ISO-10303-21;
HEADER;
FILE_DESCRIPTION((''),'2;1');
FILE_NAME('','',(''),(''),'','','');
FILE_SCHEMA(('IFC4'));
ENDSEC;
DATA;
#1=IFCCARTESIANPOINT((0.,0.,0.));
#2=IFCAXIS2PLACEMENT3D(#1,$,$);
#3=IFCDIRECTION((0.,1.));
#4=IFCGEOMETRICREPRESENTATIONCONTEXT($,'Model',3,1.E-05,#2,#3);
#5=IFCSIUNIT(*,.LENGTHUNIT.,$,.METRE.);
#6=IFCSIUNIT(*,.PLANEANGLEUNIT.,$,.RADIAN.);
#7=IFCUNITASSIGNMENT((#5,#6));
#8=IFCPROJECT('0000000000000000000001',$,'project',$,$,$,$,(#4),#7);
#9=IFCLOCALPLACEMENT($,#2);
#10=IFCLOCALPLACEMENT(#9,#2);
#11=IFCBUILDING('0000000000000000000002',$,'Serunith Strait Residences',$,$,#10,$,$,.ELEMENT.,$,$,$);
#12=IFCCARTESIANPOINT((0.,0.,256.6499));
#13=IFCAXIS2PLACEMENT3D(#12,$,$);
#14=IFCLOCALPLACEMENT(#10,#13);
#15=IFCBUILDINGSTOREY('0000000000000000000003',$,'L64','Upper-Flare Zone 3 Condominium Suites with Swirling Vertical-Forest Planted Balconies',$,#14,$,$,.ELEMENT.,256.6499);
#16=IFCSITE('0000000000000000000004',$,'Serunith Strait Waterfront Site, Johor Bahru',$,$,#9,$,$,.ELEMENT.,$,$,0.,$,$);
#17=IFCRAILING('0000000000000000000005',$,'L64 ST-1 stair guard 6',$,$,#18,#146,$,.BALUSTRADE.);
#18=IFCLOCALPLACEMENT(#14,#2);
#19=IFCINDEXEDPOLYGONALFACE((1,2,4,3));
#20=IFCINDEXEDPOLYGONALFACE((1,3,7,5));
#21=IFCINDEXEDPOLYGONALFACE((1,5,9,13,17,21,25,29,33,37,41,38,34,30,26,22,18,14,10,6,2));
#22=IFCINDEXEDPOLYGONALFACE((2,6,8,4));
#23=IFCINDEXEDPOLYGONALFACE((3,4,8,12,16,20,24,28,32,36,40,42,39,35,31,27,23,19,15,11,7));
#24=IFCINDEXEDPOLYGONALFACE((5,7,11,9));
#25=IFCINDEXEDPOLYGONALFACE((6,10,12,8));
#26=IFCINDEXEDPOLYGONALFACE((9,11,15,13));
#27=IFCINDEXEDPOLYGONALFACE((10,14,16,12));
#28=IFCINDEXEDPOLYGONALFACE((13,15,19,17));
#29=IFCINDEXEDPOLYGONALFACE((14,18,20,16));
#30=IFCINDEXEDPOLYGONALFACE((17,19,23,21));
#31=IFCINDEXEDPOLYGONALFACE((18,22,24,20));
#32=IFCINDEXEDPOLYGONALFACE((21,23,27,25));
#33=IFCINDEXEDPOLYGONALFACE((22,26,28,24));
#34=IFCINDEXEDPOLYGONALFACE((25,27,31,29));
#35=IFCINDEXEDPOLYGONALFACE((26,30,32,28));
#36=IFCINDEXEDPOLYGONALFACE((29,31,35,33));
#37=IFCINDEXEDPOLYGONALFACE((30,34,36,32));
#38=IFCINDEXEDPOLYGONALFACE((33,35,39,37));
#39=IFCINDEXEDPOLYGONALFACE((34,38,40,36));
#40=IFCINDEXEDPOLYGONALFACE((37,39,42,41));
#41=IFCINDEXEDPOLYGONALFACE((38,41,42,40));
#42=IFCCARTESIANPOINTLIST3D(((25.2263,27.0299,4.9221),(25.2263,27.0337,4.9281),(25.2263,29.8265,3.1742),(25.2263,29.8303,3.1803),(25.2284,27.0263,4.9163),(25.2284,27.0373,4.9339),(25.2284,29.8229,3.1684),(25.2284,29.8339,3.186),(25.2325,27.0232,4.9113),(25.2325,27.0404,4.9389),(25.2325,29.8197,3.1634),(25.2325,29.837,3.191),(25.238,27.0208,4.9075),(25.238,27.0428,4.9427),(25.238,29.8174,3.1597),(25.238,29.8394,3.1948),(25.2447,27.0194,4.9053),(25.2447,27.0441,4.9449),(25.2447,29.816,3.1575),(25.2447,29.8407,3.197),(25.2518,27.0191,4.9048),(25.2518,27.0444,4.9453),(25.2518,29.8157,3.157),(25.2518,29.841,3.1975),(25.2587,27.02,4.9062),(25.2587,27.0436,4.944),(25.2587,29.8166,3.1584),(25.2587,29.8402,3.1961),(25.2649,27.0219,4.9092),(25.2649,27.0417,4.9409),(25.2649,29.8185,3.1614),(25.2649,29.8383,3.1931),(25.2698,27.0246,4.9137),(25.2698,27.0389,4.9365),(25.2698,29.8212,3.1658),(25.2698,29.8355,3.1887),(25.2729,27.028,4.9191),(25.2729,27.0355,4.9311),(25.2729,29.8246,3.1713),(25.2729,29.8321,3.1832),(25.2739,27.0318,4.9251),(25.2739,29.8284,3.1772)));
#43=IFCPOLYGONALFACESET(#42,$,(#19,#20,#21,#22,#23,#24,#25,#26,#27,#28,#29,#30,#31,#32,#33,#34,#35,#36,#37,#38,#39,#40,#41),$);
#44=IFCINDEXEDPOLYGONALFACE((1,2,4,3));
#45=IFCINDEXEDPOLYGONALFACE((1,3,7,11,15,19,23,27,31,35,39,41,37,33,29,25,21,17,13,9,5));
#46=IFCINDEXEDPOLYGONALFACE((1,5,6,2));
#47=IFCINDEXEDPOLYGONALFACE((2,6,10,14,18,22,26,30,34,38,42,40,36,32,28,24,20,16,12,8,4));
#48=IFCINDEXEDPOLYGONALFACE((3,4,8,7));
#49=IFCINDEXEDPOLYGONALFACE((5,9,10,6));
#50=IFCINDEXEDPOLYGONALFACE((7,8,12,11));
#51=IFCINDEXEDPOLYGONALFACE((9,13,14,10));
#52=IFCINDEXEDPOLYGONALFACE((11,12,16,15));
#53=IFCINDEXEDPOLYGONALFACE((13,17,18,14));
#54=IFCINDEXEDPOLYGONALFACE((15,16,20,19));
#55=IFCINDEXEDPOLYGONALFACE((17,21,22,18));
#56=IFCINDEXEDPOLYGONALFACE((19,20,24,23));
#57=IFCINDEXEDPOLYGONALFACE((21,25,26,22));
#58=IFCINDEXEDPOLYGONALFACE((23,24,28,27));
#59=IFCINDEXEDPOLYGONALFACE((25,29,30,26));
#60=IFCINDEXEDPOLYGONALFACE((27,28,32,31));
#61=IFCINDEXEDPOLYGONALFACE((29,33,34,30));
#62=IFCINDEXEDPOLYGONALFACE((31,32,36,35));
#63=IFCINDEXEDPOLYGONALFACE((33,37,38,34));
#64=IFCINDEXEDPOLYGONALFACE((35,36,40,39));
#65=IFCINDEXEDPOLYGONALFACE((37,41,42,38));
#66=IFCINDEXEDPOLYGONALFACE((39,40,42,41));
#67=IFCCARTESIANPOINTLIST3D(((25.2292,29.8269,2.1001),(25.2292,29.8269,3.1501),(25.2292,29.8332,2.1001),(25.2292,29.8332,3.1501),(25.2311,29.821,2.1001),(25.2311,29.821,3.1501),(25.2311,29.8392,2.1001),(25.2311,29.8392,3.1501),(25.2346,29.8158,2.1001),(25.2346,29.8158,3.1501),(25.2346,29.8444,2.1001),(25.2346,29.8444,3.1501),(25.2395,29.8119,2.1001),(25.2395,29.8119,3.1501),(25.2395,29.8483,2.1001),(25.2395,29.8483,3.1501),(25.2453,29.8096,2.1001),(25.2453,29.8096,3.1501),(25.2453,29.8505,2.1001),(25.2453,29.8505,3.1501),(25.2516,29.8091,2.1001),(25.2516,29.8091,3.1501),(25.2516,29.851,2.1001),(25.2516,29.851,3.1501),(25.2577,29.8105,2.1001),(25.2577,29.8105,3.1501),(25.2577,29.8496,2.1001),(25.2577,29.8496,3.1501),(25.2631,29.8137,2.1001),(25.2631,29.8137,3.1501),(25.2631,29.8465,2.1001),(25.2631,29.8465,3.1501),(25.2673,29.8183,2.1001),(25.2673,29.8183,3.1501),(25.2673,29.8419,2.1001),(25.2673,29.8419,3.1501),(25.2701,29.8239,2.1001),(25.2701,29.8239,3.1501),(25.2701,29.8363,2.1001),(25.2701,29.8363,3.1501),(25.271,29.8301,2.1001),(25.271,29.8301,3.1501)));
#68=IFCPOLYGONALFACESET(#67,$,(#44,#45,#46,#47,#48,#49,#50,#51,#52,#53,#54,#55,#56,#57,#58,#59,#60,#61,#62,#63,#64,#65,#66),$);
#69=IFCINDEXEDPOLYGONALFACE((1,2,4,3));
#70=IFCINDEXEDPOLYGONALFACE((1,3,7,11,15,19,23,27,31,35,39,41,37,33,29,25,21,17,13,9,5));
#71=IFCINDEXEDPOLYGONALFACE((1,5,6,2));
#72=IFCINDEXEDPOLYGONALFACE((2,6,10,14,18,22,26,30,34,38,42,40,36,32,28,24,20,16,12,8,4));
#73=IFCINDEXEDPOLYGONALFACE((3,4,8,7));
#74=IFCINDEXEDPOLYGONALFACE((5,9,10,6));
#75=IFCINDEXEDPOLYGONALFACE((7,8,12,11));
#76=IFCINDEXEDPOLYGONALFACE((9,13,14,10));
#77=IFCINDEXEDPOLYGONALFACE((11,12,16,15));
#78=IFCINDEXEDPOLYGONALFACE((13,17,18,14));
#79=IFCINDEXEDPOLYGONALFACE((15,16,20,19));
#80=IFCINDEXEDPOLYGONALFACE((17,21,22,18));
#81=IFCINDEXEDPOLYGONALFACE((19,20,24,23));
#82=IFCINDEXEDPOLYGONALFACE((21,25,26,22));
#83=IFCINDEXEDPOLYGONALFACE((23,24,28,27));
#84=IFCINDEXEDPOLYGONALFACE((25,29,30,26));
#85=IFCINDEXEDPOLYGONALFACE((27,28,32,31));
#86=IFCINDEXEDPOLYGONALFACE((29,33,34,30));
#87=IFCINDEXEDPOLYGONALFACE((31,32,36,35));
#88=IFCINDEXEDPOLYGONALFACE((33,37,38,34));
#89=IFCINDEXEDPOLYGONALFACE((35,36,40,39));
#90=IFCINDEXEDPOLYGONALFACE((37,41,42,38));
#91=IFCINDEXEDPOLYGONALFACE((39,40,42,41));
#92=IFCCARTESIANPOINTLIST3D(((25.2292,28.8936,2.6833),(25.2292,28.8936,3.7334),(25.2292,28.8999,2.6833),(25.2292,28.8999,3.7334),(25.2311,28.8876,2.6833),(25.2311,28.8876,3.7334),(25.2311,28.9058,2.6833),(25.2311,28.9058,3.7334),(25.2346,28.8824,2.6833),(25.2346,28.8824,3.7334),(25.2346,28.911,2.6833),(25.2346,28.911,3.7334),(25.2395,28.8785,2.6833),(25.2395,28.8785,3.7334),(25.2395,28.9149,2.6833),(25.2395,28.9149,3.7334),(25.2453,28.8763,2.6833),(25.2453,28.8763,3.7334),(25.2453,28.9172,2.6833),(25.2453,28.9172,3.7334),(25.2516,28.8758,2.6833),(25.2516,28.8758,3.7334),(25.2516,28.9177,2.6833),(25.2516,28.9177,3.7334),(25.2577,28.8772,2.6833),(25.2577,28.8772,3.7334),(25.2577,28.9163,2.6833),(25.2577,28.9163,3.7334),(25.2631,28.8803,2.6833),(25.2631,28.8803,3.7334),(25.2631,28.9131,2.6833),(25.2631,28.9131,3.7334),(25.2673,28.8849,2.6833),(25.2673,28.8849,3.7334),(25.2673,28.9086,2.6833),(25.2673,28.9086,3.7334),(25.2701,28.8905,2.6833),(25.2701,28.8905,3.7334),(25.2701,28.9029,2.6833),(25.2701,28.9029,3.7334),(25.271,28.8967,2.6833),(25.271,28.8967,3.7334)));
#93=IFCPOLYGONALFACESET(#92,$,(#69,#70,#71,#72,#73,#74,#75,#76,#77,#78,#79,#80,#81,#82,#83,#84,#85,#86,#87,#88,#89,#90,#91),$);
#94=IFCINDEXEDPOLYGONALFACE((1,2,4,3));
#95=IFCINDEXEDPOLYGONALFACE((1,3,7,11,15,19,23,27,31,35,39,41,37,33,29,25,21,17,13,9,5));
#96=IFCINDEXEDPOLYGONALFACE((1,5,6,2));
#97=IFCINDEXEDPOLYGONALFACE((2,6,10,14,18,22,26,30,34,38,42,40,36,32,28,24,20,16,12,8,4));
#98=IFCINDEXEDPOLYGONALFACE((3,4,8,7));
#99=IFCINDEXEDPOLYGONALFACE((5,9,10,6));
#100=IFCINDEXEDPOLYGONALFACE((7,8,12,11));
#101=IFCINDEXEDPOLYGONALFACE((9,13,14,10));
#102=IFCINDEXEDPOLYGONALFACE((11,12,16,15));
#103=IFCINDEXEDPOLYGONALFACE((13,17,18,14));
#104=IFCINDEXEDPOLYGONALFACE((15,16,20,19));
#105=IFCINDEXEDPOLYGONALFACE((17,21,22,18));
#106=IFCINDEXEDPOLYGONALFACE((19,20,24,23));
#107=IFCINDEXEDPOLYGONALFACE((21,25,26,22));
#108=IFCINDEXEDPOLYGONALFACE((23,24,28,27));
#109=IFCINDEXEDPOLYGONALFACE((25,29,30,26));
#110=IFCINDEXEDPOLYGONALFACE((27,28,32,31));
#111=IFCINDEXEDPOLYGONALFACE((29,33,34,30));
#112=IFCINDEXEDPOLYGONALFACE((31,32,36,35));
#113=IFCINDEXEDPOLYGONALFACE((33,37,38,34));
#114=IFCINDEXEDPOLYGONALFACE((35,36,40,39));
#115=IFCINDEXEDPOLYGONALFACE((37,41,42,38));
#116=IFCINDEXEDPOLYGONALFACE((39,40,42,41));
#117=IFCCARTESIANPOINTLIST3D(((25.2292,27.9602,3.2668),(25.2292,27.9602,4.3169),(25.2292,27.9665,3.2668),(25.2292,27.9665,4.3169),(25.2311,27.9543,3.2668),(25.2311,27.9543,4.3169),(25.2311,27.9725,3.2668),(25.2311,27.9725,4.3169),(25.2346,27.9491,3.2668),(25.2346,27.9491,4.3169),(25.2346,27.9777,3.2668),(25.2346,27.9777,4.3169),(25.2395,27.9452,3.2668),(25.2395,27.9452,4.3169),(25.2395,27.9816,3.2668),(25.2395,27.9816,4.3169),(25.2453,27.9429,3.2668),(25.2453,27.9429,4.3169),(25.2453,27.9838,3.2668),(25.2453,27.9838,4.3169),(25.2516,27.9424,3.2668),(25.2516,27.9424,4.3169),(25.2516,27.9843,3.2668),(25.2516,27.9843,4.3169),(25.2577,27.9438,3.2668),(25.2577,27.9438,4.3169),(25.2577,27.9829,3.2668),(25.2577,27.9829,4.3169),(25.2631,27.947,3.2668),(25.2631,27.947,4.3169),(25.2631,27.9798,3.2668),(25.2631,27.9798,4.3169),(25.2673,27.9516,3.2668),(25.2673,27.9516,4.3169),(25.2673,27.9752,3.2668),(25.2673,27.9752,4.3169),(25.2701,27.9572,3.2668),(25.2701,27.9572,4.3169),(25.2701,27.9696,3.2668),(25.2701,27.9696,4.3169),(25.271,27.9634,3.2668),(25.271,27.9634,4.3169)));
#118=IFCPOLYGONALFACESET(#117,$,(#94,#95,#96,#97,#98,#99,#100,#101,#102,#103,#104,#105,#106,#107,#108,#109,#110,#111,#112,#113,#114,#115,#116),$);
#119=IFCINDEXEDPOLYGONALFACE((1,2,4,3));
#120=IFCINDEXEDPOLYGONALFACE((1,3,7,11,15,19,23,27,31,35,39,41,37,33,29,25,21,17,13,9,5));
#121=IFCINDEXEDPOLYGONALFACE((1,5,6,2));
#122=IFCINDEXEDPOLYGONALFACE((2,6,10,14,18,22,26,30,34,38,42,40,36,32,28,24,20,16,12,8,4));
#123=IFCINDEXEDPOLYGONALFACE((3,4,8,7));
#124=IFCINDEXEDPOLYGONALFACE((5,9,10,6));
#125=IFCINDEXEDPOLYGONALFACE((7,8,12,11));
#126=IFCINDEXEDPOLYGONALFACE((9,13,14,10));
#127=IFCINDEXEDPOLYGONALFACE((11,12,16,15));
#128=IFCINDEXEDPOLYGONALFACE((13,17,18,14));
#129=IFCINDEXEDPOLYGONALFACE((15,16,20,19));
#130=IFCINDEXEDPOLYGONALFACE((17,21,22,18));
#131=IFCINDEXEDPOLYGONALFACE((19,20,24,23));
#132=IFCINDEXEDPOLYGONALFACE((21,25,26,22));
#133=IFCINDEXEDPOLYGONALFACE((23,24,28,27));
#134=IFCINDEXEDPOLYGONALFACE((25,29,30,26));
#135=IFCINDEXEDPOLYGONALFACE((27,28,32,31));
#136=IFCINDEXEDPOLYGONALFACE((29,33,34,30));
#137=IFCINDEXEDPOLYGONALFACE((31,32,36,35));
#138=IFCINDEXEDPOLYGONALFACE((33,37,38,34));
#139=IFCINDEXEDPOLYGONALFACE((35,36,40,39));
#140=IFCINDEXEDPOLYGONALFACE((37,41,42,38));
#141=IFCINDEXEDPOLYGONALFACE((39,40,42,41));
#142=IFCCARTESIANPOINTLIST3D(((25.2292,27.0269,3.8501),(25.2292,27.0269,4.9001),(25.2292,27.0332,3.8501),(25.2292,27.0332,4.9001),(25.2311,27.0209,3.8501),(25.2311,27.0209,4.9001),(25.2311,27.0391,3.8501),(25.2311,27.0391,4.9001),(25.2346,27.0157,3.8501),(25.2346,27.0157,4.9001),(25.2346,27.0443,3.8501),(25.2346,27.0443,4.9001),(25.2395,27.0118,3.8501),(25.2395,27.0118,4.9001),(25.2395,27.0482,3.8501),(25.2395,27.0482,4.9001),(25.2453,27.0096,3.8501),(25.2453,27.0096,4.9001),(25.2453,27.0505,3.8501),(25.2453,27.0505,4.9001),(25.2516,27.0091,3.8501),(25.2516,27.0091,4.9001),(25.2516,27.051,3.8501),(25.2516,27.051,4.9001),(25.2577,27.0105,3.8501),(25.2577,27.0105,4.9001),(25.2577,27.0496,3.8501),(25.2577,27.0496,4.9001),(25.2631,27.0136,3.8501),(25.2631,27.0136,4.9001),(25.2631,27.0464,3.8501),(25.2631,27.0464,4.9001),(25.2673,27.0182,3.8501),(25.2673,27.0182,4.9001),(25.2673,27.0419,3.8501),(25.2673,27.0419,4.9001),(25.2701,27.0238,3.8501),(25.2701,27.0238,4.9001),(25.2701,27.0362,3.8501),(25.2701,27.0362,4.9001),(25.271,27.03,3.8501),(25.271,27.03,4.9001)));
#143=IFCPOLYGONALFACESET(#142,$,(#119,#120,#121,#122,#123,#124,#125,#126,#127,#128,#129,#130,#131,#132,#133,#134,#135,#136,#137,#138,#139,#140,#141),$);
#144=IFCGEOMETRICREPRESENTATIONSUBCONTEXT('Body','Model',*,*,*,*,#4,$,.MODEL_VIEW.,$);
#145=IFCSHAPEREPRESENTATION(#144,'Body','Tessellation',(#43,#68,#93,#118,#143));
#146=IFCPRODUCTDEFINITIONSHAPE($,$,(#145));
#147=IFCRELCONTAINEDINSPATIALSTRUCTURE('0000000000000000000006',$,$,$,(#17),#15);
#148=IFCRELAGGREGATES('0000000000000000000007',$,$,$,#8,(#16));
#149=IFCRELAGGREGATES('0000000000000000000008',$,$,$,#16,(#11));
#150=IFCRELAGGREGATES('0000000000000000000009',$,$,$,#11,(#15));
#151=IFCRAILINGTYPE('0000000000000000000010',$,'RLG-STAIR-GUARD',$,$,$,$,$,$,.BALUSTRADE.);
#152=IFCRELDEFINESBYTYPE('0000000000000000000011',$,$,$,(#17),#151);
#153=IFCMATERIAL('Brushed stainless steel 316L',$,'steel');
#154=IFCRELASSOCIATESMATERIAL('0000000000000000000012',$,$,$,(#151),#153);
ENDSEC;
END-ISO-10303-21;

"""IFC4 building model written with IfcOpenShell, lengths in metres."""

from ifc_helpers import new_model, si_unit, direction, frame, origin, origin_2d, place, context, subcontext, project, spatial, circle, extrude, material, type_object, element, save


model = new_model("IFC4")

# Units and contexts
model_context = context("Model", 3, precision=1e-05, world=origin(), true_north=direction((0.0, 1.0)))
body_context = subcontext(model_context, "Body", "Model", "MODEL_VIEW")
ifc_project = project(units=[si_unit("LENGTHUNIT", "METRE"), si_unit("PLANEANGLEUNIT", "RADIAN")], contexts=[model_context])

# Site, building, storey
site_placement = place(None, origin())
site = spatial("IfcSite", under=ifc_project, at=site_placement, Name="Serunith Strait Waterfront Site, Johor Bahru", CompositionType="ELEMENT", RefElevation=0.0)
building_placement = place(site_placement, origin())
building = spatial("IfcBuilding", under=site, at=building_placement, Name="Serunith Strait Residences", CompositionType="ELEMENT")
storey_placement = place(building_placement, frame((0.0, 0.0, 256.6499)))
storey = spatial("IfcBuildingStorey", under=building, at=storey_placement, Name="L64", Description="Upper-Flare Zone 3 Condominium Suites with Swirling Vertical-Forest Planted Balconies", CompositionType="ELEMENT", Elevation=256.6499)

# Railing
ifc_material_1 = material(Name="Brushed stainless steel 316L", Category="steel")
railing_type_1 = type_object("IfcRailingType", Name="RLG-STAIR-GUARD", PredefinedType="BALUSTRADE", material=ifc_material_1)
railing_1_placement = place(storey_placement, frame((25.25, 29.8301, 2.1001)))
element("IfcRailing", 1, at=railing_1_placement, inside=storey, type_object=railing_type_1, Name="L64 ST-1 stair guard 6", PredefinedType="BALUSTRADE", context=body_context, shape_type="SweptSolid", body=[
    extrude(circle(Radius=0.0239, at=origin_2d()), frame((0.0, -0.0017, 1.0771), z_axis=(0.0, -0.848002, 0.529992), x_axis=(1.0, 0.0, 0.0)), (0.0, 0.0, 1.0), 3.2979),
    extrude(circle(Radius=0.021, at=origin_2d()), origin(), (0.0, 0.0, 1.0), 1.05),
    extrude(circle(Radius=0.021, at=origin_2d()), frame((0.0, -0.9333, 0.5833)), (0.0, 0.0, 1.0), 1.05),
    extrude(circle(Radius=0.021, at=origin_2d()), frame((0.0, -1.8667, 1.1667)), (0.0, 0.0, 1.0), 1.05),
    extrude(circle(Radius=0.021, at=origin_2d()), frame((0.0, -2.8, 1.75)), (0.0, 0.0, 1.0), 1.05),
])

save(model, "model.ifc")
